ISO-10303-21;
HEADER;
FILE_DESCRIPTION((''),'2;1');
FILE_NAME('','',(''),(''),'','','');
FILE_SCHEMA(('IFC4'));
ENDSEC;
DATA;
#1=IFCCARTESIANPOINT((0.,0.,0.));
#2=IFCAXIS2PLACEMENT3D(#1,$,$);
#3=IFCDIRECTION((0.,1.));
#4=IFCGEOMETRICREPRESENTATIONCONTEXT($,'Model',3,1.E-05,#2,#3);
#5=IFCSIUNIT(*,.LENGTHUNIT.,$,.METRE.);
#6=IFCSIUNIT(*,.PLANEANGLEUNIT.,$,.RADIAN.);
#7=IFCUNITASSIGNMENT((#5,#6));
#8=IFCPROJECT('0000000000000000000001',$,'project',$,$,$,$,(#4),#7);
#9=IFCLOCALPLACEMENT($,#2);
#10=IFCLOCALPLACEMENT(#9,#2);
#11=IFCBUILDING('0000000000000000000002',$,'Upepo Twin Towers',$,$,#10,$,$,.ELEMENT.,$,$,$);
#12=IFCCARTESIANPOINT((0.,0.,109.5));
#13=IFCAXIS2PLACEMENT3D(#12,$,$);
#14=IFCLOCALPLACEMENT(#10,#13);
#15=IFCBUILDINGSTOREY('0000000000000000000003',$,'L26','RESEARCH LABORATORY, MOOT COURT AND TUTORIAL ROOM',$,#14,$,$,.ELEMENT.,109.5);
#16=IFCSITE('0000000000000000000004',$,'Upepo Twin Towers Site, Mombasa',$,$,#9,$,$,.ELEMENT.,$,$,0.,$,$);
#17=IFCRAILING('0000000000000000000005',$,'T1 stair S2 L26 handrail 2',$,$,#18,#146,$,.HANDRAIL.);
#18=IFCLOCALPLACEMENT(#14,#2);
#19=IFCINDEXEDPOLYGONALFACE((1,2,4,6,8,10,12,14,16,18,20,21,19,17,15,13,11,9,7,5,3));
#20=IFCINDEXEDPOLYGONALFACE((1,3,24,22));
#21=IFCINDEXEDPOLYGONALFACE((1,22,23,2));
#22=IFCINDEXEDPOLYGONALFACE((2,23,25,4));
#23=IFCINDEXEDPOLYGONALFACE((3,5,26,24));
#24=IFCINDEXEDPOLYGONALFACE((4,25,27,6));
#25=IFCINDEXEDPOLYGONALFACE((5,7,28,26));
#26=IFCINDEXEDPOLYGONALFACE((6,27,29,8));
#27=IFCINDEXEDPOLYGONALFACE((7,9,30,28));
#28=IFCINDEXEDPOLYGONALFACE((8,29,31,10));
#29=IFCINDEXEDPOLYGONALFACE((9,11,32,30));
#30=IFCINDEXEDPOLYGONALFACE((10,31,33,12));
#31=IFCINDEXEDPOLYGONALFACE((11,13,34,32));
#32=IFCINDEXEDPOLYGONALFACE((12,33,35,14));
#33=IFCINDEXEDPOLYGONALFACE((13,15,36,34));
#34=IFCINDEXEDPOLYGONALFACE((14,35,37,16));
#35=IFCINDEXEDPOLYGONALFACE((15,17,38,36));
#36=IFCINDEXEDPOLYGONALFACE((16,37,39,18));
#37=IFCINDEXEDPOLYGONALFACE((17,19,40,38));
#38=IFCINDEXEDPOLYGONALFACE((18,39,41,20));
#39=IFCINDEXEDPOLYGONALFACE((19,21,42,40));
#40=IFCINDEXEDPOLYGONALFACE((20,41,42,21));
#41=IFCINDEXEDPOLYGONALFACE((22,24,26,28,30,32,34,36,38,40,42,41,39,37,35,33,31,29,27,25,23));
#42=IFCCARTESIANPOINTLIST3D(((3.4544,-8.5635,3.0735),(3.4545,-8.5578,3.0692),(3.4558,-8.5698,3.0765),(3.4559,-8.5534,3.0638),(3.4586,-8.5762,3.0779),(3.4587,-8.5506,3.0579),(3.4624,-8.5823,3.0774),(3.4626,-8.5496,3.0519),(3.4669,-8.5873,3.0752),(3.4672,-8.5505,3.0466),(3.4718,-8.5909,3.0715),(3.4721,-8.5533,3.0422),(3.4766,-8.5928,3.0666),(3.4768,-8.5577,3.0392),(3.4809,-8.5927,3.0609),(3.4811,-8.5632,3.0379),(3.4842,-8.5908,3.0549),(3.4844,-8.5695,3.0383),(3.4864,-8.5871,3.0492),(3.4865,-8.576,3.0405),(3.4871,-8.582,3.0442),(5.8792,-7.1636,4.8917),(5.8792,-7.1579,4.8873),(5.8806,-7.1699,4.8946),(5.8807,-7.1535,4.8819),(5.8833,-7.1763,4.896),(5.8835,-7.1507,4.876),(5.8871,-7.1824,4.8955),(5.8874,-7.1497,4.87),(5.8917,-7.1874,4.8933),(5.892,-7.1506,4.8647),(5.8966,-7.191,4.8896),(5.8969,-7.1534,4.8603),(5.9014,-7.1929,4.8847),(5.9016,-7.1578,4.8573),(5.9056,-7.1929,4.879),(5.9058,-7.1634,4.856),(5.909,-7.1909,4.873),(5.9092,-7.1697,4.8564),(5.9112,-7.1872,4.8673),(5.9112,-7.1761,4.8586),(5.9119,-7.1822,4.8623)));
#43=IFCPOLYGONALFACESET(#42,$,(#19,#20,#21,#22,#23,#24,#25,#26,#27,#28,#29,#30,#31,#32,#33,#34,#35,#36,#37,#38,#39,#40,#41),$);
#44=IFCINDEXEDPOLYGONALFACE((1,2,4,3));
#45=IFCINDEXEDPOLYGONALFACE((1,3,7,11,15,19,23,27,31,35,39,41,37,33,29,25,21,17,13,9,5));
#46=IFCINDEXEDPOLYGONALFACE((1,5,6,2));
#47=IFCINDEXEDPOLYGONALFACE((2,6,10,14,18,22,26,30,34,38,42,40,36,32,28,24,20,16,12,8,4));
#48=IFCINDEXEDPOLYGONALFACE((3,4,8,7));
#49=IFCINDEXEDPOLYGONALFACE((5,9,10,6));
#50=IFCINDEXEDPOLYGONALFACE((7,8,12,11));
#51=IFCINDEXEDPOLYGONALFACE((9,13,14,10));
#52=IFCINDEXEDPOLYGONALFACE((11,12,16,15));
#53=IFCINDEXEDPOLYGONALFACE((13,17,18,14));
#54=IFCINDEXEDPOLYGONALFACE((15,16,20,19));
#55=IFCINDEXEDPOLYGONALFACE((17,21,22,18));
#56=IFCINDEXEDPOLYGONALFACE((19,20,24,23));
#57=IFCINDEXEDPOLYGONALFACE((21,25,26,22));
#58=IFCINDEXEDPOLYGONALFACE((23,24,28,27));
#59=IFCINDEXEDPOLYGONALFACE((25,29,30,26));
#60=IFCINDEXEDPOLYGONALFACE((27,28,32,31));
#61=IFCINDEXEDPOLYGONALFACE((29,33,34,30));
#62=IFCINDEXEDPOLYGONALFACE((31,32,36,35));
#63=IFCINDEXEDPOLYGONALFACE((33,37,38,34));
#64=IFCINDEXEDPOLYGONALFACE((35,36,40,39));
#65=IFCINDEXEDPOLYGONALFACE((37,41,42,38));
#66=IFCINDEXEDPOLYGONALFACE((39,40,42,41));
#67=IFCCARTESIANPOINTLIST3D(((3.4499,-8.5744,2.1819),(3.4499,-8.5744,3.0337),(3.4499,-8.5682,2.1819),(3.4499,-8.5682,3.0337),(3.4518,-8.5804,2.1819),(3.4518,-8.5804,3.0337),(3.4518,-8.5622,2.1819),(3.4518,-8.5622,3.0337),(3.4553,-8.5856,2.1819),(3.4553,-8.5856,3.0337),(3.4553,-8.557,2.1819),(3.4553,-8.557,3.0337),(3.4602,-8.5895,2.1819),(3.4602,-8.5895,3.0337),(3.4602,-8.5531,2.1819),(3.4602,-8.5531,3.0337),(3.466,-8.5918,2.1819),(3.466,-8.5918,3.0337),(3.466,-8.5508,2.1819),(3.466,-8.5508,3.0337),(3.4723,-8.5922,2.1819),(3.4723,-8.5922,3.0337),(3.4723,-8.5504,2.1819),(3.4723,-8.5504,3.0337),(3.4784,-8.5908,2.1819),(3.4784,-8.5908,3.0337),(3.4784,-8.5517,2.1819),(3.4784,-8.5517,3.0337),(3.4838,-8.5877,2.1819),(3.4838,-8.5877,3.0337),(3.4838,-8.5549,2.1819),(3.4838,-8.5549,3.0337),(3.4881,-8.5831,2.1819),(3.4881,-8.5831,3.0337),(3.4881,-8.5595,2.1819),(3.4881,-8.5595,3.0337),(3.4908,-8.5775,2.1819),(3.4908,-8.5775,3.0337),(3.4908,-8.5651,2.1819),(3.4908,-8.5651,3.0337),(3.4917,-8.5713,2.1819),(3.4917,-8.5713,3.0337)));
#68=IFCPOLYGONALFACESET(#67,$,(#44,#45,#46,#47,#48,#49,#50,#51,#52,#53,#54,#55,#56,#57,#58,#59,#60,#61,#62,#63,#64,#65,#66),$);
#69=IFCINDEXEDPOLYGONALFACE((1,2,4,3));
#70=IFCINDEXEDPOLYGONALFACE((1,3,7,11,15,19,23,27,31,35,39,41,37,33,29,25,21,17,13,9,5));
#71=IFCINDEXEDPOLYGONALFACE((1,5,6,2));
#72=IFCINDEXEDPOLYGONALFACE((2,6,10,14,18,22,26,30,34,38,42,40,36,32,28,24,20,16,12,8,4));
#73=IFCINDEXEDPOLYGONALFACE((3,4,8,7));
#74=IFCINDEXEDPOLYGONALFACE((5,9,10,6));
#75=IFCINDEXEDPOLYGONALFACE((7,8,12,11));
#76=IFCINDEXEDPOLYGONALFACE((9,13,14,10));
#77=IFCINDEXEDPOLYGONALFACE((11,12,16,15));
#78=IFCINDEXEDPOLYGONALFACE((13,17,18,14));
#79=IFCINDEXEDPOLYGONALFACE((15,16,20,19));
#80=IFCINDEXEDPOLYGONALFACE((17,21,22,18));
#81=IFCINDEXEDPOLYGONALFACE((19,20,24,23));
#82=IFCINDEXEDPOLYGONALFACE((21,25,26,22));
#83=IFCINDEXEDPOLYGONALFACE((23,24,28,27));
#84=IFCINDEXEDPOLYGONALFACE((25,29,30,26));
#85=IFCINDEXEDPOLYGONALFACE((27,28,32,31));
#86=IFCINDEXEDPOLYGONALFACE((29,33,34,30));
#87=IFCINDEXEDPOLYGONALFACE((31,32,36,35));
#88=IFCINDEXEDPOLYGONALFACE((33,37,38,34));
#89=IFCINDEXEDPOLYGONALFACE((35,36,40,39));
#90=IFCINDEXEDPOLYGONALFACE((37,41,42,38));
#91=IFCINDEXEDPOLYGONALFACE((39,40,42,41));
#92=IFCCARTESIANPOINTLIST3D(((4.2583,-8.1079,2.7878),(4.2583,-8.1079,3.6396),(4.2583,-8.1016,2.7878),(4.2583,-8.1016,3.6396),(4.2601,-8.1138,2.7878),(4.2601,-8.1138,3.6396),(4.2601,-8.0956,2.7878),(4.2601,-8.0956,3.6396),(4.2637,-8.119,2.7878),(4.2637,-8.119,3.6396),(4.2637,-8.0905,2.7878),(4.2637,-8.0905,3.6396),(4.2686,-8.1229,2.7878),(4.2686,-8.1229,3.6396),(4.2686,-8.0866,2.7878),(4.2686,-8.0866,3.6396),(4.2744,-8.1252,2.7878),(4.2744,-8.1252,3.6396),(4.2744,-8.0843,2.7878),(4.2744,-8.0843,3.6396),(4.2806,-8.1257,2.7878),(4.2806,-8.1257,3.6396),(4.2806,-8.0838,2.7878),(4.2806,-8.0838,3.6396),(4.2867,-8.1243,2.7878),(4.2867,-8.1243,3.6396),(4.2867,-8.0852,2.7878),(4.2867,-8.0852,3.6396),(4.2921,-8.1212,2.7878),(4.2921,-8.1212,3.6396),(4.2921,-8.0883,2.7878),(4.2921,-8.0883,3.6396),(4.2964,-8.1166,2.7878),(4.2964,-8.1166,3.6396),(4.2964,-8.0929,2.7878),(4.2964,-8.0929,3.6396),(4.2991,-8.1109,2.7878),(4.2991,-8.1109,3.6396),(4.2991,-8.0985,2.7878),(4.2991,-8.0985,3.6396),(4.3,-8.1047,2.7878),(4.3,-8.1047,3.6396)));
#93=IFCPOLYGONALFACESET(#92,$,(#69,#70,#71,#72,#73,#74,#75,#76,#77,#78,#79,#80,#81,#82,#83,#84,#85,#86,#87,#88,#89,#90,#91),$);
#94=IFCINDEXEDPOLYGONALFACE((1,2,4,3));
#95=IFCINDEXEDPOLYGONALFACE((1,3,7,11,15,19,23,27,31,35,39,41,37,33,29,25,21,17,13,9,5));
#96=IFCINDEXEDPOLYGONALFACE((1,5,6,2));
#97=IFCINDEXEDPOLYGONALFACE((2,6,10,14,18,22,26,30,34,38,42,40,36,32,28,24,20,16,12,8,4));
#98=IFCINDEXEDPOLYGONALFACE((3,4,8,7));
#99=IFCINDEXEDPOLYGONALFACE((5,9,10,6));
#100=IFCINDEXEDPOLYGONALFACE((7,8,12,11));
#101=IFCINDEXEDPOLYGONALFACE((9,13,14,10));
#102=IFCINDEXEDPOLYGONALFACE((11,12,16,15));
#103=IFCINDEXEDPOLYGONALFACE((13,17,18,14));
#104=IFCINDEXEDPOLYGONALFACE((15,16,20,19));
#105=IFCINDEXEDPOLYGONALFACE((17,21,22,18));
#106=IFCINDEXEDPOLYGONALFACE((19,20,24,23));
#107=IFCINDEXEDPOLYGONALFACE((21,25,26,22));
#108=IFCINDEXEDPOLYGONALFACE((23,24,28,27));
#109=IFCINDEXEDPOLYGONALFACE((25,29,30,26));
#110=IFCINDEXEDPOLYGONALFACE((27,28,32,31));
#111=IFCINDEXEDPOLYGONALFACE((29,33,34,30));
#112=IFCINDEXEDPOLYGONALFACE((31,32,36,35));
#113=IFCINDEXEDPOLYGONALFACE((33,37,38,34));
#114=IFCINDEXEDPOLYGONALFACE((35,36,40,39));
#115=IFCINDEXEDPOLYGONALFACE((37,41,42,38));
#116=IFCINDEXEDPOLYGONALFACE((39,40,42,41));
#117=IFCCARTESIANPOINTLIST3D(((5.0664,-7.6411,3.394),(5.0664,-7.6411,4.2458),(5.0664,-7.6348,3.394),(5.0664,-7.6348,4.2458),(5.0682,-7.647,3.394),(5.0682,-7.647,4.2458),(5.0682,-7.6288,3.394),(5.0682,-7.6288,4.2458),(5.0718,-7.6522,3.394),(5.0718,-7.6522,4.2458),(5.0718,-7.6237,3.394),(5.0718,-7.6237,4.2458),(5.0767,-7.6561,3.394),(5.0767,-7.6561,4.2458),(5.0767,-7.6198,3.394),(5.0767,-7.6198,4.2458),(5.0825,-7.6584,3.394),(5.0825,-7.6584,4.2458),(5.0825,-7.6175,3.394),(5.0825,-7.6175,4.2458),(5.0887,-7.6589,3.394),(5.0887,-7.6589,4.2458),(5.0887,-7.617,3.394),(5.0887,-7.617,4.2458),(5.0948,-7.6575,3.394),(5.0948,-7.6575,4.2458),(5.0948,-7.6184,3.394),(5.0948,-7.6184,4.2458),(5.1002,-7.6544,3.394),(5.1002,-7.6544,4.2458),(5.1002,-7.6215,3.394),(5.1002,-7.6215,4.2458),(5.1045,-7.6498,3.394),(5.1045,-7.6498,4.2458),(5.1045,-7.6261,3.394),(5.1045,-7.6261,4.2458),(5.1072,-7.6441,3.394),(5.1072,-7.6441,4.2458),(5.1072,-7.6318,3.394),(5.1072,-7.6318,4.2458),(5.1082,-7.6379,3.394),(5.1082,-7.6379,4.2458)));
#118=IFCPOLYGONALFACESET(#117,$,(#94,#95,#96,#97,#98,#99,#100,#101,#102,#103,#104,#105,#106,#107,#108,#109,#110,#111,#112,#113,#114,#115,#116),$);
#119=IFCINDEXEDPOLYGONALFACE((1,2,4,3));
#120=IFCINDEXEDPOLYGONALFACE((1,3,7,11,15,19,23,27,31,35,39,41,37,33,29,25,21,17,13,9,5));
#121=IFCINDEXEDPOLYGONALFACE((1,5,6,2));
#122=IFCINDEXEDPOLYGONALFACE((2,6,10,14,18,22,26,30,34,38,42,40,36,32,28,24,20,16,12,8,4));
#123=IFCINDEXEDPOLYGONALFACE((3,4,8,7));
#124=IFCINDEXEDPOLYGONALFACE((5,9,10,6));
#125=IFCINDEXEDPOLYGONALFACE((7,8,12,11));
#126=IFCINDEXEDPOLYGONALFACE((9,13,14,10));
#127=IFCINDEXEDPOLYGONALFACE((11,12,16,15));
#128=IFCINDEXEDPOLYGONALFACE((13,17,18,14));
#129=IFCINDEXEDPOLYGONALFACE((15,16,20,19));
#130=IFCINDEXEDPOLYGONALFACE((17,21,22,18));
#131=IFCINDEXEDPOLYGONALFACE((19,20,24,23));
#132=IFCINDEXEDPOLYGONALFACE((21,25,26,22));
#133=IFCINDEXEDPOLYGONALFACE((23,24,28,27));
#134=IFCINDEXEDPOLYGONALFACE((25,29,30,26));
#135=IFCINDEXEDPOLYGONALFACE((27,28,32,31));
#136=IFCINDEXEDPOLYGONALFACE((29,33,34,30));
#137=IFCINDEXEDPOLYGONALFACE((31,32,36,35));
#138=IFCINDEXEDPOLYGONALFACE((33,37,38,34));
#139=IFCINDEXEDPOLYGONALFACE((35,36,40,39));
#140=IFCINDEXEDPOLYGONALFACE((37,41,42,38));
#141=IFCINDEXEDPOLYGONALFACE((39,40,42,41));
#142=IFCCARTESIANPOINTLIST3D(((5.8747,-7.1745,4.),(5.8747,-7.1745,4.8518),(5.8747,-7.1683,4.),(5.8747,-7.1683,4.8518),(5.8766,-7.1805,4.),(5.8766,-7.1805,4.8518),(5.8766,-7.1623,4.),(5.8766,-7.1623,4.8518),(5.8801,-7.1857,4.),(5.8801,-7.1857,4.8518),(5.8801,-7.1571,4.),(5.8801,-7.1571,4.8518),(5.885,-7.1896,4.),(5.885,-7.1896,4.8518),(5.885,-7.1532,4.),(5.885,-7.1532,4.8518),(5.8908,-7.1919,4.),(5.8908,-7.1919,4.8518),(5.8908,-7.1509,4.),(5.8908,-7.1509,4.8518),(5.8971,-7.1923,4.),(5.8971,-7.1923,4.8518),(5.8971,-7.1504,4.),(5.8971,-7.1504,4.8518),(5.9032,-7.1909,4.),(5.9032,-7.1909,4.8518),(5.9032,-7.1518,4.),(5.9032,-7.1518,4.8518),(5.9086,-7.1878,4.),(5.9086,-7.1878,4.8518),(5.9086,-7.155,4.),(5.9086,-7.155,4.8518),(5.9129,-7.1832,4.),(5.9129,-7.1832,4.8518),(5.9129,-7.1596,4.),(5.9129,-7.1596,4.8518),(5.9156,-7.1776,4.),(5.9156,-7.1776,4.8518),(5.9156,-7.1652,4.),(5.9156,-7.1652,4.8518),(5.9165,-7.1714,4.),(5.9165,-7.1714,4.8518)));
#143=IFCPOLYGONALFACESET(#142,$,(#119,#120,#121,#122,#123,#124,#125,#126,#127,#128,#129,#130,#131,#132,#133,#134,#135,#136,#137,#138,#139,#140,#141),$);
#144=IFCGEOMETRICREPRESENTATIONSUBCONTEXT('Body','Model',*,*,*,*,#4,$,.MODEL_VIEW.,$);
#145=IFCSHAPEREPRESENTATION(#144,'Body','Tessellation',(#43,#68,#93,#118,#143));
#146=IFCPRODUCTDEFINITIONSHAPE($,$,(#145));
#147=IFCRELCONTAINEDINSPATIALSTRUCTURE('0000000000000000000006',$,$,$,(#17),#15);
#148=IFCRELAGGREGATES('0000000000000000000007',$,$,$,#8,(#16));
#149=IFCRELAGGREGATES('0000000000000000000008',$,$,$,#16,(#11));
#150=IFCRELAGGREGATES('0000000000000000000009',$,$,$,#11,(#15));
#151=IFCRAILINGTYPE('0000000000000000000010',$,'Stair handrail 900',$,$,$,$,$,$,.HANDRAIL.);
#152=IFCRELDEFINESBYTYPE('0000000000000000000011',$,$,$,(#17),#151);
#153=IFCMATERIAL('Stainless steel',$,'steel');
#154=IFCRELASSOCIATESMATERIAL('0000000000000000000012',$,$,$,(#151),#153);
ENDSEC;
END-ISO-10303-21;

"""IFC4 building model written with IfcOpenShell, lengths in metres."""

from ifc_helpers import new_model, si_unit, direction, frame, origin, origin_2d, place, context, subcontext, project, spatial, circle, extrude, material, type_object, element, save


model = new_model("IFC4")

# Units and contexts
model_context = context("Model", 3, precision=1e-05, world=origin(), true_north=direction((0.0, 1.0)))
body_context = subcontext(model_context, "Body", "Model", "MODEL_VIEW")
ifc_project = project(units=[si_unit("LENGTHUNIT", "METRE"), si_unit("PLANEANGLEUNIT", "RADIAN")], contexts=[model_context])

# Site, building, storey
site_placement = place(None, origin())
site = spatial("IfcSite", under=ifc_project, at=site_placement, Name="Upepo Twin Towers Site, Mombasa", CompositionType="ELEMENT", RefElevation=0.0)
building_placement = place(site_placement, origin())
building = spatial("IfcBuilding", under=site, at=building_placement, Name="Upepo Twin Towers", CompositionType="ELEMENT")
storey_placement = place(building_placement, frame((0.0, 0.0, 109.5)))
storey = spatial("IfcBuildingStorey", under=building, at=storey_placement, Name="L26", Description="RESEARCH LABORATORY, MOOT COURT AND TUTORIAL ROOM", CompositionType="ELEMENT", Elevation=109.5)

# Railing
ifc_material_1 = material(Name="Stainless steel", Category="steel")
railing_type = type_object("IfcRailingType", Name="Stair handrail 900", PredefinedType="HANDRAIL", material=ifc_material_1)
railing_1_placement = place(storey_placement, frame((3.4707, -8.5713, 2.1819)))
element("IfcRailing", 1, at=railing_1_placement, inside=storey, type_object=railing_type, Name="T1 stair S2 L26 handrail 2", PredefinedType="HANDRAIL", context=body_context, shape_type="SweptSolid", body=[
    extrude(circle(Radius=0.0239, at=origin_2d()), frame((0.0, 0.0, 0.876), z_axis=(0.726336, 0.419333, 0.544606), x_axis=(-0.499984, 0.866035, 0.0)), (0.0, 0.0, 1.0), 3.3384),
    extrude(circle(Radius=0.021, at=origin_2d()), origin(), (0.0, 0.0, 1.0), 0.8518),
    extrude(circle(Radius=0.021, at=origin_2d()), frame((0.8083, 0.4666, 0.606)), (0.0, 0.0, 1.0), 0.8518),
    extrude(circle(Radius=0.021, at=origin_2d()), frame((1.6165, 0.9333, 1.2122)), (0.0, 0.0, 1.0), 0.8518),
    extrude(circle(Radius=0.021, at=origin_2d()), frame((2.4248, 1.3999, 1.8181)), (0.0, 0.0, 1.0), 0.8518),
])

save(model, "model.ifc")
